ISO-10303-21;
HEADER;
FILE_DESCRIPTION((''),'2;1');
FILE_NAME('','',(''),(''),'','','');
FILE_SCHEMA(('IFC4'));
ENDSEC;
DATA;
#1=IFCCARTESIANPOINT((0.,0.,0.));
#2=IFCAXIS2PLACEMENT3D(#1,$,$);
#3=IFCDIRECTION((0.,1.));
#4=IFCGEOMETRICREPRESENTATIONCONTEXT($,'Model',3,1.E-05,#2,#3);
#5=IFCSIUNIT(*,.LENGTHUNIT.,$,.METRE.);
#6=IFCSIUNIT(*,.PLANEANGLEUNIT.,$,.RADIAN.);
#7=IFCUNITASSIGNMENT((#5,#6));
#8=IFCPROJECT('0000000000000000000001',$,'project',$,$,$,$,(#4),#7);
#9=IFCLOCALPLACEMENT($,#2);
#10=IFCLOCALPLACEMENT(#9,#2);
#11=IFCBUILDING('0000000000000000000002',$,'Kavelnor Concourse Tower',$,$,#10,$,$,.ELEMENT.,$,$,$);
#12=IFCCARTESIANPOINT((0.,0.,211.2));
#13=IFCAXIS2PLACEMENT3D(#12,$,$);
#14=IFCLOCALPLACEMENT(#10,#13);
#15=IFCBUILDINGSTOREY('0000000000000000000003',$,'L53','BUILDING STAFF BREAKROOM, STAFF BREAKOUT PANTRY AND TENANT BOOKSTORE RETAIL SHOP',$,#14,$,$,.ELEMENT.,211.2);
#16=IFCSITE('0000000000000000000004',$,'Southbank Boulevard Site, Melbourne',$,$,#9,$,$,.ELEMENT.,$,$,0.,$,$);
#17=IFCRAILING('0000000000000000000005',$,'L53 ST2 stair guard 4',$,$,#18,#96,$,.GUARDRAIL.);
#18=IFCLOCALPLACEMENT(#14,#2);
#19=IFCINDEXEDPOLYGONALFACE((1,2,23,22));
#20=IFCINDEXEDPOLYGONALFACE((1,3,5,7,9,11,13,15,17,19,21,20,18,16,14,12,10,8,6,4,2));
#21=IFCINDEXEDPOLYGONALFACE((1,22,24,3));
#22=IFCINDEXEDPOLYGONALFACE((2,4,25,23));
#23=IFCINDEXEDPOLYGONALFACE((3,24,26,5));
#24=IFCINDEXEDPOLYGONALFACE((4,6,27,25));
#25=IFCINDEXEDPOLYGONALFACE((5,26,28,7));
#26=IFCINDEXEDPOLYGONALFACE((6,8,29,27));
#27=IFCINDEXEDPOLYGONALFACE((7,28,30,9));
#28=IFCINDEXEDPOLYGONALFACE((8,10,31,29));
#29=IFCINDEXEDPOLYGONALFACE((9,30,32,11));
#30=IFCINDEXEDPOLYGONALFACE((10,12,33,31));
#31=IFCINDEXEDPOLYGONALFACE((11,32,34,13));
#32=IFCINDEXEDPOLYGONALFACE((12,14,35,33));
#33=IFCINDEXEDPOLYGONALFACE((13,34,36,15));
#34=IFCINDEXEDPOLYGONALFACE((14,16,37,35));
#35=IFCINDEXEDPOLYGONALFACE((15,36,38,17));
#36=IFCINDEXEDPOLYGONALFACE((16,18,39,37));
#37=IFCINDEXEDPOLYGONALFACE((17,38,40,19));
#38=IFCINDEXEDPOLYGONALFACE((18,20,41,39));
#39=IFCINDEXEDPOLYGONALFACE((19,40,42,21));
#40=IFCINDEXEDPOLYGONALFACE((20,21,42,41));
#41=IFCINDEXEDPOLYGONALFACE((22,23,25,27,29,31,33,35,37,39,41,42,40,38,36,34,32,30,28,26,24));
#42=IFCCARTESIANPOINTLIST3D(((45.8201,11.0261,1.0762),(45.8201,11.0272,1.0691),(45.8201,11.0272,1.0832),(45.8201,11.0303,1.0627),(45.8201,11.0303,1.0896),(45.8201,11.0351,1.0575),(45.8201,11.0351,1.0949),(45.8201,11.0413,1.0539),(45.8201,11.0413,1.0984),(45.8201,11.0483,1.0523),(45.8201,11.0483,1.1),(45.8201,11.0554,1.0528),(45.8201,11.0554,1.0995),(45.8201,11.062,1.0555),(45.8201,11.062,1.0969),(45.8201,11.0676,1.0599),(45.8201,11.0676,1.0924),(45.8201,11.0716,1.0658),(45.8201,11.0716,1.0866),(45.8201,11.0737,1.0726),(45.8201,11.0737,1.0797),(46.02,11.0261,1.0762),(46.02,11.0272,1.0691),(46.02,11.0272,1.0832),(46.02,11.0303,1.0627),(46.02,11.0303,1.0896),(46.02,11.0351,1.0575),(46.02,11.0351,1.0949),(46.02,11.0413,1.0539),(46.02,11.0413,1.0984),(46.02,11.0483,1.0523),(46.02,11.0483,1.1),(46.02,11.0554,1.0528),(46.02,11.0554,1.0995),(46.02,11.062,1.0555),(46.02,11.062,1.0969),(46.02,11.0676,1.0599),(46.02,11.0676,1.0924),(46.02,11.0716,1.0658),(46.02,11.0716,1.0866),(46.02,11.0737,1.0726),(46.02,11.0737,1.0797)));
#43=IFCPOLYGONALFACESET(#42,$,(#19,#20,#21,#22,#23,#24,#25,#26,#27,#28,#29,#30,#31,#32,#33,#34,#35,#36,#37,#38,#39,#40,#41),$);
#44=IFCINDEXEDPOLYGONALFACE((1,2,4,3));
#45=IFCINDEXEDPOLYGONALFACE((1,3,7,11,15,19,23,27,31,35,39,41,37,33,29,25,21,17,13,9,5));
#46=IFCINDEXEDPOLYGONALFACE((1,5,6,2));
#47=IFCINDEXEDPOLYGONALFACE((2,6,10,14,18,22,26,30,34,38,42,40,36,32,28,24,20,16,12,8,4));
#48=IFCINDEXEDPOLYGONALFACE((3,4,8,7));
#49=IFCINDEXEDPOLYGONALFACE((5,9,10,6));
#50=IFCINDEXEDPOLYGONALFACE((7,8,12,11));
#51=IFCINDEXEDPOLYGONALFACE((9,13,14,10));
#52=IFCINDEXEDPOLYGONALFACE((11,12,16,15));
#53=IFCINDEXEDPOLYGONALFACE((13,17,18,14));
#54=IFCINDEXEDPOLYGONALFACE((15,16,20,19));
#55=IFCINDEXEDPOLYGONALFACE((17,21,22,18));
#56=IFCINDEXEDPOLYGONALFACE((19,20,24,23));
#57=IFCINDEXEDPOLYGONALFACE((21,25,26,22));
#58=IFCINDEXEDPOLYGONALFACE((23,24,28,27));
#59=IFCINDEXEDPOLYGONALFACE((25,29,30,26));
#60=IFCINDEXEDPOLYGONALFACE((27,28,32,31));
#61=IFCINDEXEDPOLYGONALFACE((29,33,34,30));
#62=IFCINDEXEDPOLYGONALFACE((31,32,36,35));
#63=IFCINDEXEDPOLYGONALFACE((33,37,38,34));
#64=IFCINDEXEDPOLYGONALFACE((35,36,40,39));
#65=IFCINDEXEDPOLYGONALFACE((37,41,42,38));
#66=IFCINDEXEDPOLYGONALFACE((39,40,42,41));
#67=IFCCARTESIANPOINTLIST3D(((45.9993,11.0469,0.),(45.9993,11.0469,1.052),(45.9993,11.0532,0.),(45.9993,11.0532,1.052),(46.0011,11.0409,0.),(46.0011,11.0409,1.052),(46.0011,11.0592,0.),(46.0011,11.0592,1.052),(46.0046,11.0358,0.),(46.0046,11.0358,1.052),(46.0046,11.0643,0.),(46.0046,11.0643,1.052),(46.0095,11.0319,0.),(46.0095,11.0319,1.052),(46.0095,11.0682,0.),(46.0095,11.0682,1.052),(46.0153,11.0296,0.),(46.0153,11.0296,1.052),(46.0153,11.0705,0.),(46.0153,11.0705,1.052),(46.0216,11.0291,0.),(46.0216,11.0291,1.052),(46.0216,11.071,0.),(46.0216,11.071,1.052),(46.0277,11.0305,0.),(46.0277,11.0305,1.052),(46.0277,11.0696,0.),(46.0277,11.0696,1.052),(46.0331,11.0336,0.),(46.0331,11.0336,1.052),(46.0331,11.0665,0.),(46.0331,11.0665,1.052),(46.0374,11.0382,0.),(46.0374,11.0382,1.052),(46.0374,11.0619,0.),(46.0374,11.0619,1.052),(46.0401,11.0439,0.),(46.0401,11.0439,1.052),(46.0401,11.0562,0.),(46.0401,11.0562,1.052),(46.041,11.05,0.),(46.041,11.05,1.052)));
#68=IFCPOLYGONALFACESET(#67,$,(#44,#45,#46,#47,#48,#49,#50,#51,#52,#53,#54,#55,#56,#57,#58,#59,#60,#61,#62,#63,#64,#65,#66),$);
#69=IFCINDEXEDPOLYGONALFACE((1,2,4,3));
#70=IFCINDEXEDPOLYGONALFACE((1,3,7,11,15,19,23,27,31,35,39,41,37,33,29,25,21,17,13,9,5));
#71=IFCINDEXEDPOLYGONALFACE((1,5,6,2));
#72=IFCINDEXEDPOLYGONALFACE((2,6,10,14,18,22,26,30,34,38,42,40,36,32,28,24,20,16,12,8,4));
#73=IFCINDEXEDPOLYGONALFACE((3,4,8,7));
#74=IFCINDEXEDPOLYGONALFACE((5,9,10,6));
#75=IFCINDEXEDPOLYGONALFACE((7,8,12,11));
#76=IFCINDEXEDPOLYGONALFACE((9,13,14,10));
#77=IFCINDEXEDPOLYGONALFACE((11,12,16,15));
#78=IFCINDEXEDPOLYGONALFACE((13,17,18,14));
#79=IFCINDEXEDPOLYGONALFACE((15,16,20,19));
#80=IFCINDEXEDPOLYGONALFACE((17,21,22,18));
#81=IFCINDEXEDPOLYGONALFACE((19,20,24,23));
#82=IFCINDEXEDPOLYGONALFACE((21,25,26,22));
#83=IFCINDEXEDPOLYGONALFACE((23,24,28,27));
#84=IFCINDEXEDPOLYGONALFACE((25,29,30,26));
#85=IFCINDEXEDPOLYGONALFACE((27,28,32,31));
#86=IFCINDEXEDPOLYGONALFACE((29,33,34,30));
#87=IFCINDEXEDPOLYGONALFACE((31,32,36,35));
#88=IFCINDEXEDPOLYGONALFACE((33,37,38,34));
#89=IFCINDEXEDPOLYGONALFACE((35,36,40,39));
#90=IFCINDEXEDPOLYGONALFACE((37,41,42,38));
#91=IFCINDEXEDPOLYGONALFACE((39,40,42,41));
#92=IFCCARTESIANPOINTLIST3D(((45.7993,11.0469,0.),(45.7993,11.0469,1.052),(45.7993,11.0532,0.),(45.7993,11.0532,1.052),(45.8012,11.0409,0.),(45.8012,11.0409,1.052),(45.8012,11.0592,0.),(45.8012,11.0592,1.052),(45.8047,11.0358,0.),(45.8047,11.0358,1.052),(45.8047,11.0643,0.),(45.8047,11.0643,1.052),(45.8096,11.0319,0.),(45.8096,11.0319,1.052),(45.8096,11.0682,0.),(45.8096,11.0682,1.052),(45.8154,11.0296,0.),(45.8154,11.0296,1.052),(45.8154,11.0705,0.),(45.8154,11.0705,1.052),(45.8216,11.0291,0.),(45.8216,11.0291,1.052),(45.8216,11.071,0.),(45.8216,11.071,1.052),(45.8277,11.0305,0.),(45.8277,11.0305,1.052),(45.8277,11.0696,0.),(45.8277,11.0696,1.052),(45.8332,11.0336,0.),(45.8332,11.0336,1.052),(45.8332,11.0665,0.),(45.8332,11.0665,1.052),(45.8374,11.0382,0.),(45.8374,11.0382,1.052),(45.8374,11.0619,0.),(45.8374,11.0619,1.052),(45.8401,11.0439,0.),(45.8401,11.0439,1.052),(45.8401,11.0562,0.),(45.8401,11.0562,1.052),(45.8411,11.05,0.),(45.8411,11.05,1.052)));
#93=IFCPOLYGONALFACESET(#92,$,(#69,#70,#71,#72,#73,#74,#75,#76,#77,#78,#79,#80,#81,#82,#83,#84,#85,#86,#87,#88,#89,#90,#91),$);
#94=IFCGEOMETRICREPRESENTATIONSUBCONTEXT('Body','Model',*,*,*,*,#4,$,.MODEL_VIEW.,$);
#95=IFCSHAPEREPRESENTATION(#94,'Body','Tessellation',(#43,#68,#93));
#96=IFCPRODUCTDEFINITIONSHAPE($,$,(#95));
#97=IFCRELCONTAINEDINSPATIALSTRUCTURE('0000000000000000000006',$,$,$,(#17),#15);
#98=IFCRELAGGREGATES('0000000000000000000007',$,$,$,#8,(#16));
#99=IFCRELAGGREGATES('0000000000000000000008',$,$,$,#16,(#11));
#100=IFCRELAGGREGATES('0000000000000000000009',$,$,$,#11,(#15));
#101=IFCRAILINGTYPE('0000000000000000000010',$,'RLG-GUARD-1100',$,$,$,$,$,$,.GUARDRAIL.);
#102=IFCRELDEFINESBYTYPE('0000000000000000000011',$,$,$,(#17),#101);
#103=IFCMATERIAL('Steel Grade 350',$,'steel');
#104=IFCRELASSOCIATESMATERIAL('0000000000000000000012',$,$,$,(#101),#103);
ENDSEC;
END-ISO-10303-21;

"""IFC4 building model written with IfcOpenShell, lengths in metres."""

from ifc_helpers import new_model, si_unit, direction, frame, origin, origin_2d, place, context, subcontext, project, spatial, circle, extrude, material, type_object, element, save


model = new_model("IFC4")

# Units and contexts
model_context = context("Model", 3, precision=1e-05, world=origin(), true_north=direction((0.0, 1.0)))
body_context = subcontext(model_context, "Body", "Model", "MODEL_VIEW")
ifc_project = project(units=[si_unit("LENGTHUNIT", "METRE"), si_unit("PLANEANGLEUNIT", "RADIAN")], contexts=[model_context])

# Site, building, storey
site_placement = place(None, origin())
site = spatial("IfcSite", under=ifc_project, at=site_placement, Name="Southbank Boulevard Site, Melbourne", CompositionType="ELEMENT", RefElevation=0.0)
building_placement = place(site_placement, origin())
building = spatial("IfcBuilding", under=site, at=building_placement, Name="Kavelnor Concourse Tower", CompositionType="ELEMENT")
storey_placement = place(building_placement, frame((0.0, 0.0, 211.2)))
storey = spatial("IfcBuildingStorey", under=building, at=storey_placement, Name="L53", Description="BUILDING STAFF BREAKROOM, STAFF BREAKOUT PANTRY AND TENANT BOOKSTORE RETAIL SHOP", CompositionType="ELEMENT", Elevation=211.2)

# Shared definitions
ifc_material_1 = material(Name="Steel Grade 350", Category="steel")

# Railing
railing_type_1 = type_object("IfcRailingType", Name="RLG-GUARD-1100", PredefinedType="GUARDRAIL", material=ifc_material_1)
railing_1_placement = place(storey_placement, frame((46.02, 11.05, 0.0)))
element("IfcRailing", 1, at=railing_1_placement, inside=storey, type_object=railing_type_1, Name="L53 ST2 stair guard 4", PredefinedType="GUARDRAIL", context=body_context, shape_type="SweptSolid", body=[
    extrude(circle(Radius=0.0239, at=origin_2d()), frame((0.0, 0.0, 1.0762), z_axis=(-1.0, 0.0, 0.0), x_axis=(0.0, -1.0, 0.0)), (0.0, 0.0, 1.0), 0.2),
    extrude(circle(Radius=0.021, at=origin_2d()), origin(), (0.0, 0.0, 1.0), 1.052),
    extrude(circle(Radius=0.021, at=origin_2d()), frame((-0.2, 0.0, 0.0)), (0.0, 0.0, 1.0), 1.052),
])

save(model, "model.ifc")
